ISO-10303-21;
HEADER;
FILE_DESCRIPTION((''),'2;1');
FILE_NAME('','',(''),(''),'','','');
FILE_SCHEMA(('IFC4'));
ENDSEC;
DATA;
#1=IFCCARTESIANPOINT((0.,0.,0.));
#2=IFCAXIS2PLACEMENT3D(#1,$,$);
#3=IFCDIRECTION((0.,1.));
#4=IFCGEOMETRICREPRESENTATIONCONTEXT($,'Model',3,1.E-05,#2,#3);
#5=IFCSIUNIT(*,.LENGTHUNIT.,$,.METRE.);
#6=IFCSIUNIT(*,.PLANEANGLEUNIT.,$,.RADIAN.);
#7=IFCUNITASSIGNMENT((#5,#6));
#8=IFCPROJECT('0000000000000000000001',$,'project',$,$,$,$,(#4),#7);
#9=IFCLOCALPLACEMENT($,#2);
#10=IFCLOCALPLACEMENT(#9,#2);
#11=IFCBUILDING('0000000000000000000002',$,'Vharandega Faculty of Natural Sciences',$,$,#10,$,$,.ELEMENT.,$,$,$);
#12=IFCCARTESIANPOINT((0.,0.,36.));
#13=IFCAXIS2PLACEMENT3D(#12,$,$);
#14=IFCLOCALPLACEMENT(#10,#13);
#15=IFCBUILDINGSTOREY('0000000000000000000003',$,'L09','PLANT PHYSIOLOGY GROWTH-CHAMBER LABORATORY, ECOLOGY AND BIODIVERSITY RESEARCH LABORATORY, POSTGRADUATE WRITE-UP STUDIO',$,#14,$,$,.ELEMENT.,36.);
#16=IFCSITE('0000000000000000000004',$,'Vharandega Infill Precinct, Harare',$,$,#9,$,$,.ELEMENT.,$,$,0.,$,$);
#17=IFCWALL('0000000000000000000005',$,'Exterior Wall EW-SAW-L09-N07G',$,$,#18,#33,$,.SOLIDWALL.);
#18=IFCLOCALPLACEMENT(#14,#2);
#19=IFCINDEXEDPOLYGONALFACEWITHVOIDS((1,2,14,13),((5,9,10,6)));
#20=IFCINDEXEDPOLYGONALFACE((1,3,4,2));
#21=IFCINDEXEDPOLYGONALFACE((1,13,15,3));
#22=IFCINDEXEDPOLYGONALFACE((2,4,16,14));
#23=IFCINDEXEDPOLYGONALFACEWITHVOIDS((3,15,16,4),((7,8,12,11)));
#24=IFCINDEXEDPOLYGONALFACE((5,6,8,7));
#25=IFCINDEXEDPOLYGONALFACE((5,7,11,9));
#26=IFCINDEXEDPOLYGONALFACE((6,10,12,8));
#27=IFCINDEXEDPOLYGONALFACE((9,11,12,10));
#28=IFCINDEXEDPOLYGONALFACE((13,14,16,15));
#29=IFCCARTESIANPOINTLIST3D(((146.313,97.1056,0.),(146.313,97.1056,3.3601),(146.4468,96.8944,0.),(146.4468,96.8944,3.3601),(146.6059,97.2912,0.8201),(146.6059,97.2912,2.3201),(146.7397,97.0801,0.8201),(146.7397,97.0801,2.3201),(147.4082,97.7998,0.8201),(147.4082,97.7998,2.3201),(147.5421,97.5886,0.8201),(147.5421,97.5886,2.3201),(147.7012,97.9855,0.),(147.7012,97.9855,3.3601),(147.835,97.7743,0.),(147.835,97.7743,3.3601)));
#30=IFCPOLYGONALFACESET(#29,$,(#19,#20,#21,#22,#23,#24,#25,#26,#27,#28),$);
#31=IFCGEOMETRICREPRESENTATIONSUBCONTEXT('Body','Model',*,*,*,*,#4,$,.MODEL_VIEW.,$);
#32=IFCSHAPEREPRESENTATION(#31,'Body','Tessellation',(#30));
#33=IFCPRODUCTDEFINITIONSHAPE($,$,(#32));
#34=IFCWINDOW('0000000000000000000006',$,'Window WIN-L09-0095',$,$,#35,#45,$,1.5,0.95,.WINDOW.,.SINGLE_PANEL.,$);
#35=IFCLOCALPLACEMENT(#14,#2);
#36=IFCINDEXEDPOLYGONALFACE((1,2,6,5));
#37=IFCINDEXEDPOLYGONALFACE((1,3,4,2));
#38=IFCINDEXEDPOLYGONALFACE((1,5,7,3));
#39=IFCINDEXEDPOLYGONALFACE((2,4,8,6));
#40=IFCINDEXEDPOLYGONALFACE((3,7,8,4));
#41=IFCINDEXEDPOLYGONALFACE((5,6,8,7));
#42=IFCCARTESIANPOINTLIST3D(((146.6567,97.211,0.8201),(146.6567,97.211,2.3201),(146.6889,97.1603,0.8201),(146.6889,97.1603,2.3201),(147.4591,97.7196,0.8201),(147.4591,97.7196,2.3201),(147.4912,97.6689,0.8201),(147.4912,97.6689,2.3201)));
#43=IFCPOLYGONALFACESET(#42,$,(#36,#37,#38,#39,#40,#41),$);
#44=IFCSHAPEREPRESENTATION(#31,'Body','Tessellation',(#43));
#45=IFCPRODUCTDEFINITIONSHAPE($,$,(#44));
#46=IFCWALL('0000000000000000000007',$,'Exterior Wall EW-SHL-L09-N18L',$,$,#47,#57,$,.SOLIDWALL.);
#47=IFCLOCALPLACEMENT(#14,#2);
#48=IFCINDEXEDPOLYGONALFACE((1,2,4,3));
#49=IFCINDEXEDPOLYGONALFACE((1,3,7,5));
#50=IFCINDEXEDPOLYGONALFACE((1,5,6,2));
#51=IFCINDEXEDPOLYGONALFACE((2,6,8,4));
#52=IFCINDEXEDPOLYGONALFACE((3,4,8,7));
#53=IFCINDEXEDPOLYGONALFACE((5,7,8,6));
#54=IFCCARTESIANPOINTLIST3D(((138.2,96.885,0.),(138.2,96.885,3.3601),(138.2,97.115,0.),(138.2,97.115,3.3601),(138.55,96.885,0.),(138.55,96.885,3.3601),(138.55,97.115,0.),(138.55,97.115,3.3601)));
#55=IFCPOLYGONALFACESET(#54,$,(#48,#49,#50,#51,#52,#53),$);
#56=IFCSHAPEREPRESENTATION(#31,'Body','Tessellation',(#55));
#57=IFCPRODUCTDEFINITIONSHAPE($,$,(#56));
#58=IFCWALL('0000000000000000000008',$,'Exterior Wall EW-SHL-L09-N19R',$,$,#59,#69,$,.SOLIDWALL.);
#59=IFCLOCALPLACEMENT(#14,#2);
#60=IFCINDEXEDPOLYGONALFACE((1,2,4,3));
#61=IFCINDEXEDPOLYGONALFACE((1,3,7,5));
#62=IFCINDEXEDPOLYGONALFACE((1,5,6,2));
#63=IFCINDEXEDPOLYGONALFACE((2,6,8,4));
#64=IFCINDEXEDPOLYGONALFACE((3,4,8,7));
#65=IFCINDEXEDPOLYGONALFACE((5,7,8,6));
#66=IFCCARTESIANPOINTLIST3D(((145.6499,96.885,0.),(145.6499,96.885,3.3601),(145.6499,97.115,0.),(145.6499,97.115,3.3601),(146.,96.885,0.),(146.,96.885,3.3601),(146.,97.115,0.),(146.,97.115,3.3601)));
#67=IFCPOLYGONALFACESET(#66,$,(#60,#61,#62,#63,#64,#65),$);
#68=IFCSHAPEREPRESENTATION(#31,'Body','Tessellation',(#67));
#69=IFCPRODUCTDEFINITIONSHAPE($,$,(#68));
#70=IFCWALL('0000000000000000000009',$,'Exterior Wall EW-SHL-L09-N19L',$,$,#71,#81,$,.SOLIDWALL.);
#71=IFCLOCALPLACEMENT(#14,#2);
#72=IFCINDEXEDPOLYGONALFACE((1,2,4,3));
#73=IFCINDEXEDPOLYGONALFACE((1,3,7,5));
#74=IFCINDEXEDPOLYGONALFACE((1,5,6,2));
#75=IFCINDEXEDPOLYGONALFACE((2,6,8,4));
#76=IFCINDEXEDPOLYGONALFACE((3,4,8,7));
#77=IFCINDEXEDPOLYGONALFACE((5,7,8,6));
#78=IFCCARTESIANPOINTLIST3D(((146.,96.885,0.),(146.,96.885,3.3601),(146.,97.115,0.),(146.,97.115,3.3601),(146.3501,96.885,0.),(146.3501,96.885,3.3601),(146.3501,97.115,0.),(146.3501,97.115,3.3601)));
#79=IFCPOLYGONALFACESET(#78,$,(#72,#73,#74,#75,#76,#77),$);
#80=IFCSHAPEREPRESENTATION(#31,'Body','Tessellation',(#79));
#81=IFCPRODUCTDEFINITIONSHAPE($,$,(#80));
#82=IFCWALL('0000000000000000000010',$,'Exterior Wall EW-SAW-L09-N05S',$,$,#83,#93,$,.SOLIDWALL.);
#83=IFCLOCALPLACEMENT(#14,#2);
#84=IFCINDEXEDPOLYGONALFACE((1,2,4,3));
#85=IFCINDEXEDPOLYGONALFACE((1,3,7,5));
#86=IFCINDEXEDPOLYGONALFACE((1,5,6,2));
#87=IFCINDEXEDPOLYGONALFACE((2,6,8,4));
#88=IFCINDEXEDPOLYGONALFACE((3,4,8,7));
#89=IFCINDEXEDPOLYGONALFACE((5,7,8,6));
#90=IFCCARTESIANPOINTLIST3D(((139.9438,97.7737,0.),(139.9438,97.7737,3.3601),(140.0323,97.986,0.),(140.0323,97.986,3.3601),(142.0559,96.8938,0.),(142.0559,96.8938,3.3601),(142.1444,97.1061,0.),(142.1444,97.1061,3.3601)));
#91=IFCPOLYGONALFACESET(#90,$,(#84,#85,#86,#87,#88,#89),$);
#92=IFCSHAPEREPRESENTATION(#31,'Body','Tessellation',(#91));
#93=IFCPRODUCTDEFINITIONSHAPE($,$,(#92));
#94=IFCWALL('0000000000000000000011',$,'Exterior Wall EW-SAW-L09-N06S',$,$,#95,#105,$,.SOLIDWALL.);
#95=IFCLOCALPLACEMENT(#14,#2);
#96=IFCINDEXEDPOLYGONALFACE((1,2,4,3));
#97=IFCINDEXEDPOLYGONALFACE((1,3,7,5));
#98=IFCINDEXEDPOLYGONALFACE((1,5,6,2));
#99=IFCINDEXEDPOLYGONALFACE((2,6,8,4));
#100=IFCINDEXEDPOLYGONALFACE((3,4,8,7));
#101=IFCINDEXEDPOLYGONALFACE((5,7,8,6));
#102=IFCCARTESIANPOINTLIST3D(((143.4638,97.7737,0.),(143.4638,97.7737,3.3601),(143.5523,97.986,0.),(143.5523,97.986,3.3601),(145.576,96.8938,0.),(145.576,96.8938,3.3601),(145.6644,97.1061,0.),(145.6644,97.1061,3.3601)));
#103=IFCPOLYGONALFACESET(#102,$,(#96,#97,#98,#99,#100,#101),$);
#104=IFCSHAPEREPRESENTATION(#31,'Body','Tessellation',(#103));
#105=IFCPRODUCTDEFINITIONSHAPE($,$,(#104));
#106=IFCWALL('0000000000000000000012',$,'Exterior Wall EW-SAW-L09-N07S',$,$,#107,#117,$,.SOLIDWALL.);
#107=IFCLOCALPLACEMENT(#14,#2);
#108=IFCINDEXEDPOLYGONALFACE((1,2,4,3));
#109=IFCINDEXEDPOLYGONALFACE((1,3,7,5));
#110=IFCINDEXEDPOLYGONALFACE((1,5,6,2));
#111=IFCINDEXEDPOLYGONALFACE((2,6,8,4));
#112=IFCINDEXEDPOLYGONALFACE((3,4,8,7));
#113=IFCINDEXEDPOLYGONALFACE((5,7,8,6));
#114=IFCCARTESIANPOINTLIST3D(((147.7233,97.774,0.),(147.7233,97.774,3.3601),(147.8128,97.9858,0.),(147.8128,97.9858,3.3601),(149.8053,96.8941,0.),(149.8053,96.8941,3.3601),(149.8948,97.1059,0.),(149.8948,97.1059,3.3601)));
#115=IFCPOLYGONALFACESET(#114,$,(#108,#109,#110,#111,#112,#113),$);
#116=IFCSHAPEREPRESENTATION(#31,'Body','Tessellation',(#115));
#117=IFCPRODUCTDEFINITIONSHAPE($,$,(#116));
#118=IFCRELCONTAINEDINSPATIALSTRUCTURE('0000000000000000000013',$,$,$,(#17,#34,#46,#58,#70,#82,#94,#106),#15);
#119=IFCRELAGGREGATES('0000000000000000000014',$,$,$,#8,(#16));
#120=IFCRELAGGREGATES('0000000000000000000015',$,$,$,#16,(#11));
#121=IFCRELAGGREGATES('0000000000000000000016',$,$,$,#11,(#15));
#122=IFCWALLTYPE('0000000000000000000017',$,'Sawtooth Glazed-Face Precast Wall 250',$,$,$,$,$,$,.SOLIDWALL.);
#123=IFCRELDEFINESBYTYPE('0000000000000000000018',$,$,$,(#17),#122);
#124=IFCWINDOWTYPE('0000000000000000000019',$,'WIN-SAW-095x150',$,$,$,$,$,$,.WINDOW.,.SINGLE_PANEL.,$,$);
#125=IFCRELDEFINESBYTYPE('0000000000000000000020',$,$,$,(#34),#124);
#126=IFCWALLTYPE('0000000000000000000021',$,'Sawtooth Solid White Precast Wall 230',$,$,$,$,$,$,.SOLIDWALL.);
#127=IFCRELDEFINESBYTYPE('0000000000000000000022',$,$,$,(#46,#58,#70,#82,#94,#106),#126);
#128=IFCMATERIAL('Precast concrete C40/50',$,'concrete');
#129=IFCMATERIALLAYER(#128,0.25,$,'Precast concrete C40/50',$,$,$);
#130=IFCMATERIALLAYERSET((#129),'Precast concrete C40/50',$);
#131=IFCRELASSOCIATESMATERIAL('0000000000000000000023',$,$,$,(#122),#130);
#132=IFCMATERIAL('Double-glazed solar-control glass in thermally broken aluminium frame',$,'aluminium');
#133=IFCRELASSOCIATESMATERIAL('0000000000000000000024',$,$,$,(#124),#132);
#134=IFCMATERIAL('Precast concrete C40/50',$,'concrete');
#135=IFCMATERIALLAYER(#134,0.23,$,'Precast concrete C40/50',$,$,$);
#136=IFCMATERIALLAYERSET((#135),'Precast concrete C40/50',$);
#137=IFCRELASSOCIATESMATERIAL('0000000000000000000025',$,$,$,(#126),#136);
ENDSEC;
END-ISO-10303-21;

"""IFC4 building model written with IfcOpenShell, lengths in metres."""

from ifc_helpers import new_model, si_unit, direction, frame, frame_2d, origin, place, context, subcontext, project, spatial, rectangle, extrude, material, layer, layer_set, type_object, element, fill, save


model = new_model("IFC4")

# Units and contexts
model_context = context("Model", 3, precision=1e-05, world=origin(), true_north=direction((0.0, 1.0)))
body_context = subcontext(model_context, "Body", "Model", "MODEL_VIEW")
ifc_project = project(units=[si_unit("LENGTHUNIT", "METRE"), si_unit("PLANEANGLEUNIT", "RADIAN")], contexts=[model_context])

# Site, building, storey
site_placement = place(None, origin())
site = spatial("IfcSite", under=ifc_project, at=site_placement, Name="Vharandega Infill Precinct, Harare", CompositionType="ELEMENT", RefElevation=0.0)
building_placement = place(site_placement, origin())
building = spatial("IfcBuilding", under=site, at=building_placement, Name="Vharandega Faculty of Natural Sciences", CompositionType="ELEMENT")
storey_placement = place(building_placement, frame((0.0, 0.0, 36.0)))
storey = spatial("IfcBuildingStorey", under=building, at=storey_placement, Name="L09", Description="PLANT PHYSIOLOGY GROWTH-CHAMBER LABORATORY, ECOLOGY AND BIODIVERSITY RESEARCH LABORATORY, POSTGRADUATE WRITE-UP STUDIO", CompositionType="ELEMENT", Elevation=36.0)

# Wall, opening, window
ifc_material_1 = material(Name="Precast concrete C40/50", Category="concrete")
ifc_layer_1 = layer(ifc_material_1, 0.25, Name="Precast concrete C40/50")
ifc_layer_set_1 = layer_set([ifc_layer_1], Name="Precast concrete C40/50")
wall_type_1 = type_object("IfcWallType", Name="Sawtooth Glazed-Face Precast Wall 250", PredefinedType="SOLIDWALL", material=ifc_layer_set_1)
wall_1_placement = place(storey_placement, frame((146.3799, 97.0, 0.0), z_axis=(0.0, 0.0, 1.0), x_axis=(0.844627, 0.535356, 0.0)))
wall_1 = element("IfcWall", 1, at=wall_1_placement, inside=storey, type_object=wall_type_1, Name="Exterior Wall EW-SAW-L09-N07G", PredefinedType="SOLIDWALL", context=body_context, shape_type="SweptSolid", body=[
    extrude(rectangle(XDim=1.6436, YDim=0.25, at=frame_2d((0.8218, 0.0))), origin(), (0.0, 0.0, 1.0), 3.3601),
])
opening_1_placement = place(wall_1_placement, frame((0.3467, 0.0, 0.8201)))
opening_1 = element("IfcOpeningElement", 2, at=opening_1_placement, cuts=wall_1, PredefinedType="OPENING", context=body_context, shape_type="SweptSolid", body=[
    extrude(rectangle(XDim=0.95, YDim=1.5, at=frame_2d((0.4751, 0.75))), frame((0.0, 0.135, 0.0), z_axis=(0.0, -1.0, 0.0), x_axis=(1.0, 0.0, 0.0)), (0.0, 0.0, 1.0), 0.27),
])
ifc_material_2 = material(Name="Double-glazed solar-control glass in thermally broken aluminium frame", Category="aluminium")
window_type_1 = type_object("IfcWindowType", Name="WIN-SAW-095x150", PartitioningType="SINGLE_PANEL", PredefinedType="WINDOW", material=ifc_material_2)
window_1_placement = place(opening_1_placement, origin())
window_1 = element("IfcWindow", 3, at=window_1_placement, inside=storey, type_object=window_type_1, Name="Window WIN-L09-0095", OverallHeight=1.5, OverallWidth=0.95, PartitioningType="SINGLE_PANEL", PredefinedType="WINDOW", context=body_context, shape_type="SweptSolid", body=[
    extrude(rectangle(XDim=0.95, YDim=1.5, at=frame_2d((0.4751, 0.75))), frame((0.0, 0.03, 0.0), z_axis=(0.0, -1.0, 0.0), x_axis=(1.0, 0.0, 0.0)), (0.0, 0.0, 1.0), 0.0601),
])
fill(opening_1, window_1)

# Walls
ifc_material_3 = material(Name="Precast concrete C40/50", Category="concrete")
ifc_layer_2 = layer(ifc_material_3, 0.23, Name="Precast concrete C40/50")
ifc_layer_set_2 = layer_set([ifc_layer_2], Name="Precast concrete C40/50")
wall_type_2 = type_object("IfcWallType", Name="Sawtooth Solid White Precast Wall 230", PredefinedType="SOLIDWALL", material=ifc_layer_set_2)
for number, where, z_axis, x_axis, name in (
    (4, (138.2, 97.0, 0.0), (0.0, 0.0, 1.0), (1.0, 0.0, 0.0), "Exterior Wall EW-SHL-L09-N18L"),
    (5, (145.6499, 97.0, 0.0), (0.0, 0.0, 1.0), (1.0, 0.0, 0.0), "Exterior Wall EW-SHL-L09-N19R"),
    (6, (146.0, 97.0, 0.0), (0.0, 0.0, 1.0), (1.0, 0.0, 0.0), "Exterior Wall EW-SHL-L09-N19L"),
):
    element("IfcWall", number, at=place(storey_placement, frame(where, z_axis=z_axis, x_axis=x_axis)), inside=storey, type_object=wall_type_2, Name=name, PredefinedType="SOLIDWALL", context=body_context, shape_type="SweptSolid", body=[
        extrude(rectangle(XDim=0.3501, YDim=0.23, at=frame_2d((0.175, 0.0))), origin(), (0.0, 0.0, 1.0), 3.3601),
    ])
for number, where, z_axis, x_axis, name in (
    (7, (139.988, 97.8799, 0.0), (0.0, 0.0, 1.0), (0.923099, -0.384562, 0.0), "Exterior Wall EW-SAW-L09-N05S"),
    (8, (143.5081, 97.8799, 0.0), (0.0, 0.0, 1.0), (0.923099, -0.384562, 0.0), "Exterior Wall EW-SAW-L09-N06S"),
):
    element("IfcWall", number, at=place(storey_placement, frame(where, z_axis=z_axis, x_axis=x_axis)), inside=storey, type_object=wall_type_2, Name=name, PredefinedType="SOLIDWALL", context=body_context, shape_type="SweptSolid", body=[
        extrude(rectangle(XDim=2.2881, YDim=0.23, at=frame_2d((1.144, 0.0))), origin(), (0.0, 0.0, 1.0), 3.3601),
    ])
wall_2_placement = place(storey_placement, frame((147.7681, 97.8799, 0.0), z_axis=(0.0, 0.0, 1.0), x_axis=(0.921122, -0.389274, 0.0)))
element("IfcWall", 9, at=wall_2_placement, inside=storey, type_object=wall_type_2, Name="Exterior Wall EW-SAW-L09-N07S", PredefinedType="SOLIDWALL", context=body_context, shape_type="SweptSolid", body=[
    extrude(rectangle(XDim=2.2603, YDim=0.23, at=frame_2d((1.1301, 0.0))), origin(), (0.0, 0.0, 1.0), 3.3601),
])

save(model, "model.ifc")
